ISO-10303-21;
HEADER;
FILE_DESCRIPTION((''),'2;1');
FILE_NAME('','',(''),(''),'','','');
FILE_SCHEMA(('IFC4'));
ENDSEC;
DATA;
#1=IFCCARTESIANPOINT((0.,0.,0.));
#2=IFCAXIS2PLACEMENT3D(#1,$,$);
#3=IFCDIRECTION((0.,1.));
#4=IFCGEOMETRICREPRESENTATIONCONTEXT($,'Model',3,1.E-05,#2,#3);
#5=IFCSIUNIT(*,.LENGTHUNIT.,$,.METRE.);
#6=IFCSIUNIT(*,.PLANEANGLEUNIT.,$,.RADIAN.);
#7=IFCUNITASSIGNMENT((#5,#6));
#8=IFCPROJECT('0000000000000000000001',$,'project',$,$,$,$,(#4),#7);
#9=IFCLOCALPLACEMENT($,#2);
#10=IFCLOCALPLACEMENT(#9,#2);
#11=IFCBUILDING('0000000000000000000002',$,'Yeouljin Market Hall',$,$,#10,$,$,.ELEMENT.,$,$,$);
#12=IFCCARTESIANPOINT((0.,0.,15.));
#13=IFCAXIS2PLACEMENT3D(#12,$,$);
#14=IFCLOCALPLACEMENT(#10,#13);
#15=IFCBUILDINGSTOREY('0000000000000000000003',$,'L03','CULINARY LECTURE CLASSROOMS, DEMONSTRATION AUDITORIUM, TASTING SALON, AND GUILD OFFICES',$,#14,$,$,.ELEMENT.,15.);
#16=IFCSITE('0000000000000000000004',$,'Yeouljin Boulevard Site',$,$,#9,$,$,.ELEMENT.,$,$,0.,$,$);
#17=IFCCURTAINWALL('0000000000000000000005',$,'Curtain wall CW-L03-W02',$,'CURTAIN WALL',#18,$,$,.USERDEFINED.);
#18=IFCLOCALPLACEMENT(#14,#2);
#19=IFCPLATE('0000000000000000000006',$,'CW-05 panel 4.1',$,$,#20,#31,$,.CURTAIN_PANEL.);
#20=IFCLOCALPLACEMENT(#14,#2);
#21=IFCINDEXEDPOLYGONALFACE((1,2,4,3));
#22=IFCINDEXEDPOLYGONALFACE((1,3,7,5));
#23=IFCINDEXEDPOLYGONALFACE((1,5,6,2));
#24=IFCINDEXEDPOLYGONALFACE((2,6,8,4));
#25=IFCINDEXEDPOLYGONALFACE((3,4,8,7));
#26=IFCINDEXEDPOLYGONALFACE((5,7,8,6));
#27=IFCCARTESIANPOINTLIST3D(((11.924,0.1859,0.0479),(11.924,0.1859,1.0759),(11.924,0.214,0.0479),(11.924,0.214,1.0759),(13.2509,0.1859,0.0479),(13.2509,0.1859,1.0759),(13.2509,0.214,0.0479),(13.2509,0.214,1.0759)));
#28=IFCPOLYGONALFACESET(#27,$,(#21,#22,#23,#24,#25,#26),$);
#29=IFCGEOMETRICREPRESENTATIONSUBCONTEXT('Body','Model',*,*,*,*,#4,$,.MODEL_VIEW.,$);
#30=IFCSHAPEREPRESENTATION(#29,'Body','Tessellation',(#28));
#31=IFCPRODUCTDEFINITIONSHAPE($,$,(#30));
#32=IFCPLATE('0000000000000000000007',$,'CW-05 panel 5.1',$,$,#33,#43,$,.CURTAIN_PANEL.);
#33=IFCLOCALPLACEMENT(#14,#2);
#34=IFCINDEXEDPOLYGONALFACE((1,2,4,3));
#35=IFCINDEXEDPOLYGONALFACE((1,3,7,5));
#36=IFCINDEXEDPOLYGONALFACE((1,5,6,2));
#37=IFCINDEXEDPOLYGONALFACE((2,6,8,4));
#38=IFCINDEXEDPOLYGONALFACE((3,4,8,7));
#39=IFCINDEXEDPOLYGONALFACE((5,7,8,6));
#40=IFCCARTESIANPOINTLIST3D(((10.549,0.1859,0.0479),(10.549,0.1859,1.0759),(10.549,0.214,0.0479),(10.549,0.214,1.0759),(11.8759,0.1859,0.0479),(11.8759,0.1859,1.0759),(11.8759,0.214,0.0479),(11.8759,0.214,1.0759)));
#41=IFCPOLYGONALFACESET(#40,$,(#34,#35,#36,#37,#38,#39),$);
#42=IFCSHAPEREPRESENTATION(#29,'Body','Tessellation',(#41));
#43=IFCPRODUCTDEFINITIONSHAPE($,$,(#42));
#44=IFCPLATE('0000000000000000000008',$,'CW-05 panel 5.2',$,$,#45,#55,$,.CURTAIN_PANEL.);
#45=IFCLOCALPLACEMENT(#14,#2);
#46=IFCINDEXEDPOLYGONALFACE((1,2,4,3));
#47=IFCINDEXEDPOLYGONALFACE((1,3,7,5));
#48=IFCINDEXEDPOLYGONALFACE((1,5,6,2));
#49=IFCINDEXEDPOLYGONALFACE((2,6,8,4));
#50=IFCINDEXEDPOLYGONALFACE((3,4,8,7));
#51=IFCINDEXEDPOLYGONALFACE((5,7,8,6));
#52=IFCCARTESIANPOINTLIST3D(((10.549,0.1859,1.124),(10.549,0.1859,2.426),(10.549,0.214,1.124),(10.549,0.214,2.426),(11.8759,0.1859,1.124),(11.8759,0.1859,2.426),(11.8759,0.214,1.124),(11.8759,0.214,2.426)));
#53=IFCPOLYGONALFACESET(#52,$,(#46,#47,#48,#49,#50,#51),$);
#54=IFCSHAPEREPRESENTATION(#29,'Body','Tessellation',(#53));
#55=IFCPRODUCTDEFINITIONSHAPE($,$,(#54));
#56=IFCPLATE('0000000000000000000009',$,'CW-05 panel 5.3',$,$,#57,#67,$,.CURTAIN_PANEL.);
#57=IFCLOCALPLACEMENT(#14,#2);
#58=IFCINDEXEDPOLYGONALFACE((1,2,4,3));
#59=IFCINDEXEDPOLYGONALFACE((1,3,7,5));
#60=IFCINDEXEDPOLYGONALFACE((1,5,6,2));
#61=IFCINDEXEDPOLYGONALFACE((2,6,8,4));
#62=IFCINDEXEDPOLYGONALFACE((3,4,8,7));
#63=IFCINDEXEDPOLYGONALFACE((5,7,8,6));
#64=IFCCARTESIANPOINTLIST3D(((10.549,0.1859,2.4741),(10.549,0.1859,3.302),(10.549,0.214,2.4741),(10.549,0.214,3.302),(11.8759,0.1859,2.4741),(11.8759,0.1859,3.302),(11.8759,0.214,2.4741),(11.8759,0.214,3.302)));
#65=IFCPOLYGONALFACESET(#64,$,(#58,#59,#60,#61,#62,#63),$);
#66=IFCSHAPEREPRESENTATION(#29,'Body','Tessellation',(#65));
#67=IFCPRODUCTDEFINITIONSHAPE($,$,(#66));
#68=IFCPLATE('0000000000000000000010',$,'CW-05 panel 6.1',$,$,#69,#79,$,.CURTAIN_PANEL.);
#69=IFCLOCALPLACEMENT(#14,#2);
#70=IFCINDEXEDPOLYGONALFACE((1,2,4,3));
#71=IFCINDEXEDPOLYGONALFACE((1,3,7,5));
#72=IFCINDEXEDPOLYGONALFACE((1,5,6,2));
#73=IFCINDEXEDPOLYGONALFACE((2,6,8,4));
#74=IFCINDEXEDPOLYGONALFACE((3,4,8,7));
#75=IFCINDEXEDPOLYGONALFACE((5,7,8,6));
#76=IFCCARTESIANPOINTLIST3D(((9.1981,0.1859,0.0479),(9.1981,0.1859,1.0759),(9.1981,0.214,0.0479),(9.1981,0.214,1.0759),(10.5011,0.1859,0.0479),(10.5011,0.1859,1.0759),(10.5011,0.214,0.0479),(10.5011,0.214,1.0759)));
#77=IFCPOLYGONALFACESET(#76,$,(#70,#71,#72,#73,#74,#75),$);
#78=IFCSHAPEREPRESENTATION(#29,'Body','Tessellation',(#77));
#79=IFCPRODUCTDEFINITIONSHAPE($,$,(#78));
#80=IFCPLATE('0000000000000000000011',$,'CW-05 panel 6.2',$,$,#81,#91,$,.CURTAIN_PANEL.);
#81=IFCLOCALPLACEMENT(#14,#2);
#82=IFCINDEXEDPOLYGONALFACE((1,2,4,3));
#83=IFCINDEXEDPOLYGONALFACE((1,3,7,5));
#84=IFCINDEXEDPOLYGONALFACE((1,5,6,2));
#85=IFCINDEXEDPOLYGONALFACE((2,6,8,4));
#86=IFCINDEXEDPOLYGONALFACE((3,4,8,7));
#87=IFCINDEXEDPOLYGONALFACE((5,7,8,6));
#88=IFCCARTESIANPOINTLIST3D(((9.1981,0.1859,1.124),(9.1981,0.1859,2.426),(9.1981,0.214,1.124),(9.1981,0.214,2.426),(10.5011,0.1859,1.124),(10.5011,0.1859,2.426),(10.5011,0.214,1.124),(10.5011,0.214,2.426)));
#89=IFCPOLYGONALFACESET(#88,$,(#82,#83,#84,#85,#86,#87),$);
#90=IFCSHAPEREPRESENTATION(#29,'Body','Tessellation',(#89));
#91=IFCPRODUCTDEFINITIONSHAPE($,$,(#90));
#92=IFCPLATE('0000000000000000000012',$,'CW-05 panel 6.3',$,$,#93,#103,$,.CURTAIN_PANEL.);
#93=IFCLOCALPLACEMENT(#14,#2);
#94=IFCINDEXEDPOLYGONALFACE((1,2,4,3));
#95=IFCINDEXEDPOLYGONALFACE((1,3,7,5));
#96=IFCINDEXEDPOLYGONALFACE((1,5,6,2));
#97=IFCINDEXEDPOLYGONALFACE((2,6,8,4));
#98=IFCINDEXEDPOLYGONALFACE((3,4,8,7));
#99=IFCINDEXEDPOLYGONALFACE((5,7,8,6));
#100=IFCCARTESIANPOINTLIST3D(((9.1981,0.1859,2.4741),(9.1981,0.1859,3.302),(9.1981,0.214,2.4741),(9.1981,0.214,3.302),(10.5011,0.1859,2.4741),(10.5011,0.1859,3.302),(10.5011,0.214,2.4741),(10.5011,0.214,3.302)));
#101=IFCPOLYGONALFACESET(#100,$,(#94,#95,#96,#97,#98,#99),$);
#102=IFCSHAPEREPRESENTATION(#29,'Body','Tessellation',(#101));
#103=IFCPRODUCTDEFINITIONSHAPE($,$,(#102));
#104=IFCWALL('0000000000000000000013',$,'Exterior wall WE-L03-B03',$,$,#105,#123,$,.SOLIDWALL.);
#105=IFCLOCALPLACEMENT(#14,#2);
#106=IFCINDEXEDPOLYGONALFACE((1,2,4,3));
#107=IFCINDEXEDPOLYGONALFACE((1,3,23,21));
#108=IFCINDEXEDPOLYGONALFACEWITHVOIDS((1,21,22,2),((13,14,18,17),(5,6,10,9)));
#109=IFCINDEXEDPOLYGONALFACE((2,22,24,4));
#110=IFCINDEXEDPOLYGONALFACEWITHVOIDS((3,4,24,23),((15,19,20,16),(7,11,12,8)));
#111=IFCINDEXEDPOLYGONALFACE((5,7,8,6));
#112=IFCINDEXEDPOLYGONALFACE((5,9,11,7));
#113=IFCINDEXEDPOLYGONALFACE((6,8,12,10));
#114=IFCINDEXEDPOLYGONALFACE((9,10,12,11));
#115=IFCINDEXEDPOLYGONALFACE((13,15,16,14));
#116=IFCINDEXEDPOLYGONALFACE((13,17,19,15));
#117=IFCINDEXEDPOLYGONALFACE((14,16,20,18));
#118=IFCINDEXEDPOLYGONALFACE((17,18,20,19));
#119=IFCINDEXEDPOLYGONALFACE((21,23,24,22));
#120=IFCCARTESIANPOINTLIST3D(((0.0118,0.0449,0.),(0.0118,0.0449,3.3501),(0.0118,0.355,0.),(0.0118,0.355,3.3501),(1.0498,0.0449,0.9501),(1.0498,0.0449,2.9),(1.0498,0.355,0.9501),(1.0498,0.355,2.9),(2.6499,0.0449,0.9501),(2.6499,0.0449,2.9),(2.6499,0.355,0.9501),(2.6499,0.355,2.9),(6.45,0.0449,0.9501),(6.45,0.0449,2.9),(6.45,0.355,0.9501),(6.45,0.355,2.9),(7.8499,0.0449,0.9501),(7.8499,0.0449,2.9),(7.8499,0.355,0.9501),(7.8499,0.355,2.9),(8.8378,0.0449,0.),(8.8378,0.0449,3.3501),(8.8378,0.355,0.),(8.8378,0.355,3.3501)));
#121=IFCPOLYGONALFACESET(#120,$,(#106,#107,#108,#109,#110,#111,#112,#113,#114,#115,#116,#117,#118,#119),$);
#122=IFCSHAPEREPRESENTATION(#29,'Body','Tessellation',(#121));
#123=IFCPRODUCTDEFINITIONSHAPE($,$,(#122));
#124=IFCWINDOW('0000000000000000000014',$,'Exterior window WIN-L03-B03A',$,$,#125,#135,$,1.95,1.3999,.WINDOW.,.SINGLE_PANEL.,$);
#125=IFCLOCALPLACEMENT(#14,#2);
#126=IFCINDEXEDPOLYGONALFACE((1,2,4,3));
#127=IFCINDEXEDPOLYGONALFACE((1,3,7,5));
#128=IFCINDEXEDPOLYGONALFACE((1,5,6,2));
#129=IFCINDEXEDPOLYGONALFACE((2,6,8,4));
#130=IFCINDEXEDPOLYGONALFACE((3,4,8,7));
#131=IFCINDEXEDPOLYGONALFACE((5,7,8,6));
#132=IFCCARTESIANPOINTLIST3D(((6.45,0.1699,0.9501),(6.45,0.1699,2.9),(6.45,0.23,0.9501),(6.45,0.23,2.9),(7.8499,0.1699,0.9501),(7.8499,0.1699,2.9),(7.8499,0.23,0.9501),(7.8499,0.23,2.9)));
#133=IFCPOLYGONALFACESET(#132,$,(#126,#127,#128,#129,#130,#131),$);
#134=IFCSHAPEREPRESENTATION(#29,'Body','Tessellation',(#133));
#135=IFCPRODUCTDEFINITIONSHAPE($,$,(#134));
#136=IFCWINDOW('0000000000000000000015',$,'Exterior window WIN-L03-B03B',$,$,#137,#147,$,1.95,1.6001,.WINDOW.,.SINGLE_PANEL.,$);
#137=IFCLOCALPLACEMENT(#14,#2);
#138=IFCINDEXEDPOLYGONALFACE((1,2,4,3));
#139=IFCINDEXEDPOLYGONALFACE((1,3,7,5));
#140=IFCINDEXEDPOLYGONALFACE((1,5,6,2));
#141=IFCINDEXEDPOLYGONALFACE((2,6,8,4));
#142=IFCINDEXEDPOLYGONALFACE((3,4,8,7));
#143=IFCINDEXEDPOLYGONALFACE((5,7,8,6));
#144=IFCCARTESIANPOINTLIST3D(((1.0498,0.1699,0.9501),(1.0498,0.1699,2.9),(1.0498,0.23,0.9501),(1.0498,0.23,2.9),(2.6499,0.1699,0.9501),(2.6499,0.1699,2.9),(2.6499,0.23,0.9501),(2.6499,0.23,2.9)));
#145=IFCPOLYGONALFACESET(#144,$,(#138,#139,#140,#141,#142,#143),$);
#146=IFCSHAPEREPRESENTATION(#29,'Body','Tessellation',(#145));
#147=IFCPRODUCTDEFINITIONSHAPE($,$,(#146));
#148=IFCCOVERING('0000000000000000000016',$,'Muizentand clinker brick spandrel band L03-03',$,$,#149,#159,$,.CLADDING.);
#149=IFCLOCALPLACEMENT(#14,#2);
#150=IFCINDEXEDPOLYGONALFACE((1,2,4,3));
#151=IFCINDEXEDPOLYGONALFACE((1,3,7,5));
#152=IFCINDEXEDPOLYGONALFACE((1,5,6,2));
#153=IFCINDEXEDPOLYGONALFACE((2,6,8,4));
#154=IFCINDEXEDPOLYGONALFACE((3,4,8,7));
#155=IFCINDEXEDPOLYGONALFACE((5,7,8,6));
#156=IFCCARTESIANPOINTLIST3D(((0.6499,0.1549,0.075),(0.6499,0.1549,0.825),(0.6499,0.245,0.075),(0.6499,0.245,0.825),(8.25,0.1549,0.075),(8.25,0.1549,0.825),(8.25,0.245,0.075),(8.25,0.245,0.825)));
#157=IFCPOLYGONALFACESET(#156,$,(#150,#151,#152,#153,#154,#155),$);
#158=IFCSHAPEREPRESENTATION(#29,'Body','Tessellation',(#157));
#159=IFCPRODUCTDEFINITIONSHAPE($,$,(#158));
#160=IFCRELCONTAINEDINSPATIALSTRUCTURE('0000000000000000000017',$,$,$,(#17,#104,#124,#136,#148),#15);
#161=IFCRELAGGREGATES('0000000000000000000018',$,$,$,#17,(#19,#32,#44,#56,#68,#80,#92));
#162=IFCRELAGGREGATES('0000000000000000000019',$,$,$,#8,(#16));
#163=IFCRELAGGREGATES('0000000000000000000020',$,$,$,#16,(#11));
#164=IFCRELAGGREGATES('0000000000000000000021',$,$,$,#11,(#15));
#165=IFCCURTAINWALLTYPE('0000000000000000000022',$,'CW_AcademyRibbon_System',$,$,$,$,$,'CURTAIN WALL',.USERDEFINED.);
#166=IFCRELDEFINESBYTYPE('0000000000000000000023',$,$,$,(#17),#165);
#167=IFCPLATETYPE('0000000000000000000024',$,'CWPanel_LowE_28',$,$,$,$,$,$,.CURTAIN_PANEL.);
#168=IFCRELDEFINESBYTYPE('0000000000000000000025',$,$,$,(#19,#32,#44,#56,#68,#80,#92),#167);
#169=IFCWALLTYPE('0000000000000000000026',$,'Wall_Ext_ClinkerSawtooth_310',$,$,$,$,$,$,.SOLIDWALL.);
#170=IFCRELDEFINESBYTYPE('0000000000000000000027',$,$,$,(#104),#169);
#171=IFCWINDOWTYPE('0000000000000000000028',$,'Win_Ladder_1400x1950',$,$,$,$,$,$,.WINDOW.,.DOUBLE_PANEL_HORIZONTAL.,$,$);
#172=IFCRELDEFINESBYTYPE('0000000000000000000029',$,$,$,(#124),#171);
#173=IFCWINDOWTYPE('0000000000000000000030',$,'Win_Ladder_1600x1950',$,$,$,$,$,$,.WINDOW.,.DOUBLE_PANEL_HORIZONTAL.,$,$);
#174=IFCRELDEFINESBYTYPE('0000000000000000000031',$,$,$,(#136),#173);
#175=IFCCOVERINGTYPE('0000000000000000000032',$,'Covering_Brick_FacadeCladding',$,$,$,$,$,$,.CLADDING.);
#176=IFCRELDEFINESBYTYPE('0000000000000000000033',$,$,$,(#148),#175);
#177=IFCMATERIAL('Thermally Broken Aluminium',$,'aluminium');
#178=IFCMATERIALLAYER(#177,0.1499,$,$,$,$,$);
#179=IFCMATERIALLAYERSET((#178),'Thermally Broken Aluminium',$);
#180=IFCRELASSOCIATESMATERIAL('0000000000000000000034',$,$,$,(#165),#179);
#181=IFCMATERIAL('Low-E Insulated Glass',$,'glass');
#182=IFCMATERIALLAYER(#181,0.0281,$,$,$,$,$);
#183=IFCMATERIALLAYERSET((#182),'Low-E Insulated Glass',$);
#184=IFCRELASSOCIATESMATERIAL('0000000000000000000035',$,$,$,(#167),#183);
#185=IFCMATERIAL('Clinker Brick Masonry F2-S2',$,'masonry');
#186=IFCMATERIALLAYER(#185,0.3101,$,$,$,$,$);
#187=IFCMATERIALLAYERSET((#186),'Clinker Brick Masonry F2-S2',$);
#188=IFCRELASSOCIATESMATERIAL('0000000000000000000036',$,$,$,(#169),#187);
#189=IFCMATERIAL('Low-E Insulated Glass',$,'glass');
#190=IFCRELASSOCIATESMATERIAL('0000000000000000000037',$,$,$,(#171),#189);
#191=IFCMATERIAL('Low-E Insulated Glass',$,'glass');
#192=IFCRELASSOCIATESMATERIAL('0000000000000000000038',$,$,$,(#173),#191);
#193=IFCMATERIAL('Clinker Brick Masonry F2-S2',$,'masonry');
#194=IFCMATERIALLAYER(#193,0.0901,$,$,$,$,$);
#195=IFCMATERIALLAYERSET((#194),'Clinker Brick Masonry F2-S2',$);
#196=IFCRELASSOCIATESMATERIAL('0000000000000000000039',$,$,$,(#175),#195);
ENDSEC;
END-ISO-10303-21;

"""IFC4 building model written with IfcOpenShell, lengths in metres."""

from ifc_helpers import new_model, si_unit, direction, frame, frame_2d, origin, origin_2d, place, context, subcontext, project, spatial, rectangle, extrude, material, layer, layer_set, type_object, element, fill, aggregate, save


model = new_model("IFC4")

# Units and contexts
model_context = context("Model", 3, precision=1e-05, world=origin(), true_north=direction((0.0, 1.0)))
body_context = subcontext(model_context, "Body", "Model", "MODEL_VIEW")
ifc_project = project(units=[si_unit("LENGTHUNIT", "METRE"), si_unit("PLANEANGLEUNIT", "RADIAN")], contexts=[model_context])

# Site, building, storey
site_placement = place(None, origin())
site = spatial("IfcSite", under=ifc_project, at=site_placement, Name="Yeouljin Boulevard Site", CompositionType="ELEMENT", RefElevation=0.0)
building_placement = place(site_placement, origin())
building = spatial("IfcBuilding", under=site, at=building_placement, Name="Yeouljin Market Hall", CompositionType="ELEMENT")
storey_placement = place(building_placement, frame((0.0, 0.0, 15.0)))
storey = spatial("IfcBuildingStorey", under=building, at=storey_placement, Name="L03", Description="CULINARY LECTURE CLASSROOMS, DEMONSTRATION AUDITORIUM, TASTING SALON, AND GUILD OFFICES", CompositionType="ELEMENT", Elevation=15.0)

# Curtain wall
ifc_material_1 = material(Name="Thermally Broken Aluminium", Category="aluminium")
ifc_layer_1 = layer(ifc_material_1, 0.1499)
ifc_layer_set_1 = layer_set([ifc_layer_1], Name="Thermally Broken Aluminium")
curtain_wall_type = type_object("IfcCurtainWallType", Name="CW_AcademyRibbon_System", ElementType="CURTAIN WALL", PredefinedType="USERDEFINED", material=ifc_layer_set_1)
curtain_wall_placement = place(storey_placement, origin())
curtain_wall = element("IfcCurtainWall", 1, at=curtain_wall_placement, inside=storey, type_object=curtain_wall_type, Name="Curtain wall CW-L03-W02", ObjectType="CURTAIN WALL", PredefinedType="USERDEFINED")

# Plates
ifc_material_2 = material(Name="Low-E Insulated Glass", Category="glass")
ifc_layer_2 = layer(ifc_material_2, 0.0281)
ifc_layer_set_2 = layer_set([ifc_layer_2], Name="Low-E Insulated Glass")
plate_type = type_object("IfcPlateType", Name="CWPanel_LowE_28", PredefinedType="CURTAIN_PANEL", material=ifc_layer_set_2)
plate_1_placement = place(storey_placement, frame((12.5874, 0.2, 0.0479), z_axis=(0.0, 0.0, 1.0), x_axis=(-1.0, 0.0, 0.0)))
plate_1 = element("IfcPlate", 2, at=plate_1_placement, type_object=plate_type, Name="CW-05 panel 4.1", PredefinedType="CURTAIN_PANEL", context=body_context, shape_type="SweptSolid", body=[
    extrude(rectangle(XDim=1.3269, YDim=0.0281, at=origin_2d()), origin(), (0.0, 0.0, 1.0), 1.0281),
])
plate_2_placement = place(storey_placement, frame((11.2124, 0.2, 0.0479), z_axis=(0.0, 0.0, 1.0), x_axis=(-1.0, 0.0, 0.0)))
plate_2 = element("IfcPlate", 3, at=plate_2_placement, type_object=plate_type, Name="CW-05 panel 5.1", PredefinedType="CURTAIN_PANEL", context=body_context, shape_type="SweptSolid", body=[
    extrude(rectangle(XDim=1.3269, YDim=0.0281, at=origin_2d()), origin(), (0.0, 0.0, 1.0), 1.0281),
])
plate_3_placement = place(storey_placement, frame((11.2124, 0.2, 1.124), z_axis=(0.0, 0.0, 1.0), x_axis=(-1.0, 0.0, 0.0)))
plate_3 = element("IfcPlate", 4, at=plate_3_placement, type_object=plate_type, Name="CW-05 panel 5.2", PredefinedType="CURTAIN_PANEL", context=body_context, shape_type="SweptSolid", body=[
    extrude(rectangle(XDim=1.3269, YDim=0.0281, at=origin_2d()), origin(), (0.0, 0.0, 1.0), 1.302),
])
plate_4_placement = place(storey_placement, frame((11.2124, 0.2, 2.4741), z_axis=(0.0, 0.0, 1.0), x_axis=(-1.0, 0.0, 0.0)))
plate_4 = element("IfcPlate", 5, at=plate_4_placement, type_object=plate_type, Name="CW-05 panel 5.3", PredefinedType="CURTAIN_PANEL", context=body_context, shape_type="SweptSolid", body=[
    extrude(rectangle(XDim=1.3269, YDim=0.0281, at=origin_2d()), origin(), (0.0, 0.0, 1.0), 0.8279),
])
plate_5_placement = place(storey_placement, frame((9.8496, 0.2, 0.0479), z_axis=(0.0, 0.0, 1.0), x_axis=(-1.0, 0.0, 0.0)))
plate_5 = element("IfcPlate", 6, at=plate_5_placement, type_object=plate_type, Name="CW-05 panel 6.1", PredefinedType="CURTAIN_PANEL", context=body_context, shape_type="SweptSolid", body=[
    extrude(rectangle(XDim=1.303, YDim=0.0281, at=origin_2d()), origin(), (0.0, 0.0, 1.0), 1.0281),
])
plate_6_placement = place(storey_placement, frame((9.8496, 0.2, 1.124), z_axis=(0.0, 0.0, 1.0), x_axis=(-1.0, 0.0, 0.0)))
plate_6 = element("IfcPlate", 7, at=plate_6_placement, type_object=plate_type, Name="CW-05 panel 6.2", PredefinedType="CURTAIN_PANEL", context=body_context, shape_type="SweptSolid", body=[
    extrude(rectangle(XDim=1.303, YDim=0.0281, at=origin_2d()), origin(), (0.0, 0.0, 1.0), 1.302),
])
plate_7_placement = place(storey_placement, frame((9.8496, 0.2, 2.4741), z_axis=(0.0, 0.0, 1.0), x_axis=(-1.0, 0.0, 0.0)))
plate_7 = element("IfcPlate", 8, at=plate_7_placement, type_object=plate_type, Name="CW-05 panel 6.3", PredefinedType="CURTAIN_PANEL", context=body_context, shape_type="SweptSolid", body=[
    extrude(rectangle(XDim=1.303, YDim=0.0281, at=origin_2d()), origin(), (0.0, 0.0, 1.0), 0.8279),
])
aggregate(curtain_wall, [plate_1, plate_2, plate_3, plate_4, plate_5, plate_6, plate_7])

# Wall, openings, windows
ifc_material_3 = material(Name="Clinker Brick Masonry F2-S2", Category="masonry")
ifc_layer_3 = layer(ifc_material_3, 0.3101)
ifc_layer_set_3 = layer_set([ifc_layer_3], Name="Clinker Brick Masonry F2-S2")
wall_type = type_object("IfcWallType", Name="Wall_Ext_ClinkerSawtooth_310", PredefinedType="SOLIDWALL", material=ifc_layer_set_3)
wall_placement = place(storey_placement, frame((8.8379, 0.2, 0.0), z_axis=(0.0, 0.0, 1.0), x_axis=(-1.0, 0.0, 0.0)))
wall = element("IfcWall", 9, at=wall_placement, inside=storey, type_object=wall_type, Name="Exterior wall WE-L03-B03", PredefinedType="SOLIDWALL", context=body_context, shape_type="SweptSolid", body=[
    extrude(rectangle(XDim=8.8259, YDim=0.3101, at=frame_2d((4.4131, 0.0))), origin(), (0.0, 0.0, 1.0), 3.3501),
])
opening_1_placement = place(wall_placement, frame((0.988, 0.0, 0.95)))
opening_1 = element("IfcOpeningElement", 10, at=opening_1_placement, cuts=wall, PredefinedType="OPENING", context=body_context, shape_type="SweptSolid", body=[
    extrude(rectangle(XDim=1.3999, YDim=1.95, at=frame_2d((0.7, 0.9751))), frame((0.0, 0.165, 0.0), z_axis=(0.0, -1.0, 0.0), x_axis=(1.0, 0.0, 0.0)), (0.0, 0.0, 1.0), 0.3301),
])
opening_2_placement = place(wall_placement, frame((6.188, 0.0, 0.95)))
opening_2 = element("IfcOpeningElement", 11, at=opening_2_placement, cuts=wall, PredefinedType="OPENING", context=body_context, shape_type="SweptSolid", body=[
    extrude(rectangle(XDim=1.6001, YDim=1.95, at=frame_2d((0.8, 0.9751))), frame((0.0, 0.165, 0.0), z_axis=(0.0, -1.0, 0.0), x_axis=(1.0, 0.0, 0.0)), (0.0, 0.0, 1.0), 0.3301),
])
ifc_material_4 = material(Name="Low-E Insulated Glass", Category="glass")
window_type_1 = type_object("IfcWindowType", Name="Win_Ladder_1400x1950", PartitioningType="DOUBLE_PANEL_HORIZONTAL", PredefinedType="WINDOW", material=ifc_material_4)
window_1_placement = place(opening_1_placement, origin())
window_1 = element("IfcWindow", 12, at=window_1_placement, inside=storey, type_object=window_type_1, Name="Exterior window WIN-L03-B03A", OverallHeight=1.95, OverallWidth=1.3999, PartitioningType="SINGLE_PANEL", PredefinedType="WINDOW", context=body_context, shape_type="SweptSolid", body=[
    extrude(rectangle(XDim=1.3999, YDim=1.95, at=frame_2d((0.7, 0.9751))), frame((0.0, 0.03, 0.0), z_axis=(0.0, -1.0, 0.0), x_axis=(1.0, 0.0, 0.0)), (0.0, 0.0, 1.0), 0.0601),
])
fill(opening_1, window_1)
ifc_material_5 = material(Name="Low-E Insulated Glass", Category="glass")
window_type_2 = type_object("IfcWindowType", Name="Win_Ladder_1600x1950", PartitioningType="DOUBLE_PANEL_HORIZONTAL", PredefinedType="WINDOW", material=ifc_material_5)
window_2_placement = place(opening_2_placement, origin())
window_2 = element("IfcWindow", 13, at=window_2_placement, inside=storey, type_object=window_type_2, Name="Exterior window WIN-L03-B03B", OverallHeight=1.95, OverallWidth=1.6001, PartitioningType="SINGLE_PANEL", PredefinedType="WINDOW", context=body_context, shape_type="SweptSolid", body=[
    extrude(rectangle(XDim=1.6001, YDim=1.95, at=frame_2d((0.8, 0.9751))), frame((0.0, 0.03, 0.0), z_axis=(0.0, -1.0, 0.0), x_axis=(1.0, 0.0, 0.0)), (0.0, 0.0, 1.0), 0.0601),
])
fill(opening_2, window_2)

# Covering
ifc_material_6 = material(Name="Clinker Brick Masonry F2-S2", Category="masonry")
ifc_layer_4 = layer(ifc_material_6, 0.0901)
ifc_layer_set_4 = layer_set([ifc_layer_4], Name="Clinker Brick Masonry F2-S2")
covering_type = type_object("IfcCoveringType", Name="Covering_Brick_FacadeCladding", PredefinedType="CLADDING", material=ifc_layer_set_4)
covering_placement = place(storey_placement, frame((4.45, 0.2, 0.075), z_axis=(0.0, 0.0, 1.0), x_axis=(-1.0, 0.0, 0.0)))
element("IfcCovering", 14, at=covering_placement, inside=storey, type_object=covering_type, Name="Muizentand clinker brick spandrel band L03-03", PredefinedType="CLADDING", context=body_context, shape_type="SweptSolid", body=[
    extrude(rectangle(XDim=7.6001, YDim=0.0901, at=origin_2d()), origin(), (0.0, 0.0, 1.0), 0.75),
])

save(model, "model.ifc")
